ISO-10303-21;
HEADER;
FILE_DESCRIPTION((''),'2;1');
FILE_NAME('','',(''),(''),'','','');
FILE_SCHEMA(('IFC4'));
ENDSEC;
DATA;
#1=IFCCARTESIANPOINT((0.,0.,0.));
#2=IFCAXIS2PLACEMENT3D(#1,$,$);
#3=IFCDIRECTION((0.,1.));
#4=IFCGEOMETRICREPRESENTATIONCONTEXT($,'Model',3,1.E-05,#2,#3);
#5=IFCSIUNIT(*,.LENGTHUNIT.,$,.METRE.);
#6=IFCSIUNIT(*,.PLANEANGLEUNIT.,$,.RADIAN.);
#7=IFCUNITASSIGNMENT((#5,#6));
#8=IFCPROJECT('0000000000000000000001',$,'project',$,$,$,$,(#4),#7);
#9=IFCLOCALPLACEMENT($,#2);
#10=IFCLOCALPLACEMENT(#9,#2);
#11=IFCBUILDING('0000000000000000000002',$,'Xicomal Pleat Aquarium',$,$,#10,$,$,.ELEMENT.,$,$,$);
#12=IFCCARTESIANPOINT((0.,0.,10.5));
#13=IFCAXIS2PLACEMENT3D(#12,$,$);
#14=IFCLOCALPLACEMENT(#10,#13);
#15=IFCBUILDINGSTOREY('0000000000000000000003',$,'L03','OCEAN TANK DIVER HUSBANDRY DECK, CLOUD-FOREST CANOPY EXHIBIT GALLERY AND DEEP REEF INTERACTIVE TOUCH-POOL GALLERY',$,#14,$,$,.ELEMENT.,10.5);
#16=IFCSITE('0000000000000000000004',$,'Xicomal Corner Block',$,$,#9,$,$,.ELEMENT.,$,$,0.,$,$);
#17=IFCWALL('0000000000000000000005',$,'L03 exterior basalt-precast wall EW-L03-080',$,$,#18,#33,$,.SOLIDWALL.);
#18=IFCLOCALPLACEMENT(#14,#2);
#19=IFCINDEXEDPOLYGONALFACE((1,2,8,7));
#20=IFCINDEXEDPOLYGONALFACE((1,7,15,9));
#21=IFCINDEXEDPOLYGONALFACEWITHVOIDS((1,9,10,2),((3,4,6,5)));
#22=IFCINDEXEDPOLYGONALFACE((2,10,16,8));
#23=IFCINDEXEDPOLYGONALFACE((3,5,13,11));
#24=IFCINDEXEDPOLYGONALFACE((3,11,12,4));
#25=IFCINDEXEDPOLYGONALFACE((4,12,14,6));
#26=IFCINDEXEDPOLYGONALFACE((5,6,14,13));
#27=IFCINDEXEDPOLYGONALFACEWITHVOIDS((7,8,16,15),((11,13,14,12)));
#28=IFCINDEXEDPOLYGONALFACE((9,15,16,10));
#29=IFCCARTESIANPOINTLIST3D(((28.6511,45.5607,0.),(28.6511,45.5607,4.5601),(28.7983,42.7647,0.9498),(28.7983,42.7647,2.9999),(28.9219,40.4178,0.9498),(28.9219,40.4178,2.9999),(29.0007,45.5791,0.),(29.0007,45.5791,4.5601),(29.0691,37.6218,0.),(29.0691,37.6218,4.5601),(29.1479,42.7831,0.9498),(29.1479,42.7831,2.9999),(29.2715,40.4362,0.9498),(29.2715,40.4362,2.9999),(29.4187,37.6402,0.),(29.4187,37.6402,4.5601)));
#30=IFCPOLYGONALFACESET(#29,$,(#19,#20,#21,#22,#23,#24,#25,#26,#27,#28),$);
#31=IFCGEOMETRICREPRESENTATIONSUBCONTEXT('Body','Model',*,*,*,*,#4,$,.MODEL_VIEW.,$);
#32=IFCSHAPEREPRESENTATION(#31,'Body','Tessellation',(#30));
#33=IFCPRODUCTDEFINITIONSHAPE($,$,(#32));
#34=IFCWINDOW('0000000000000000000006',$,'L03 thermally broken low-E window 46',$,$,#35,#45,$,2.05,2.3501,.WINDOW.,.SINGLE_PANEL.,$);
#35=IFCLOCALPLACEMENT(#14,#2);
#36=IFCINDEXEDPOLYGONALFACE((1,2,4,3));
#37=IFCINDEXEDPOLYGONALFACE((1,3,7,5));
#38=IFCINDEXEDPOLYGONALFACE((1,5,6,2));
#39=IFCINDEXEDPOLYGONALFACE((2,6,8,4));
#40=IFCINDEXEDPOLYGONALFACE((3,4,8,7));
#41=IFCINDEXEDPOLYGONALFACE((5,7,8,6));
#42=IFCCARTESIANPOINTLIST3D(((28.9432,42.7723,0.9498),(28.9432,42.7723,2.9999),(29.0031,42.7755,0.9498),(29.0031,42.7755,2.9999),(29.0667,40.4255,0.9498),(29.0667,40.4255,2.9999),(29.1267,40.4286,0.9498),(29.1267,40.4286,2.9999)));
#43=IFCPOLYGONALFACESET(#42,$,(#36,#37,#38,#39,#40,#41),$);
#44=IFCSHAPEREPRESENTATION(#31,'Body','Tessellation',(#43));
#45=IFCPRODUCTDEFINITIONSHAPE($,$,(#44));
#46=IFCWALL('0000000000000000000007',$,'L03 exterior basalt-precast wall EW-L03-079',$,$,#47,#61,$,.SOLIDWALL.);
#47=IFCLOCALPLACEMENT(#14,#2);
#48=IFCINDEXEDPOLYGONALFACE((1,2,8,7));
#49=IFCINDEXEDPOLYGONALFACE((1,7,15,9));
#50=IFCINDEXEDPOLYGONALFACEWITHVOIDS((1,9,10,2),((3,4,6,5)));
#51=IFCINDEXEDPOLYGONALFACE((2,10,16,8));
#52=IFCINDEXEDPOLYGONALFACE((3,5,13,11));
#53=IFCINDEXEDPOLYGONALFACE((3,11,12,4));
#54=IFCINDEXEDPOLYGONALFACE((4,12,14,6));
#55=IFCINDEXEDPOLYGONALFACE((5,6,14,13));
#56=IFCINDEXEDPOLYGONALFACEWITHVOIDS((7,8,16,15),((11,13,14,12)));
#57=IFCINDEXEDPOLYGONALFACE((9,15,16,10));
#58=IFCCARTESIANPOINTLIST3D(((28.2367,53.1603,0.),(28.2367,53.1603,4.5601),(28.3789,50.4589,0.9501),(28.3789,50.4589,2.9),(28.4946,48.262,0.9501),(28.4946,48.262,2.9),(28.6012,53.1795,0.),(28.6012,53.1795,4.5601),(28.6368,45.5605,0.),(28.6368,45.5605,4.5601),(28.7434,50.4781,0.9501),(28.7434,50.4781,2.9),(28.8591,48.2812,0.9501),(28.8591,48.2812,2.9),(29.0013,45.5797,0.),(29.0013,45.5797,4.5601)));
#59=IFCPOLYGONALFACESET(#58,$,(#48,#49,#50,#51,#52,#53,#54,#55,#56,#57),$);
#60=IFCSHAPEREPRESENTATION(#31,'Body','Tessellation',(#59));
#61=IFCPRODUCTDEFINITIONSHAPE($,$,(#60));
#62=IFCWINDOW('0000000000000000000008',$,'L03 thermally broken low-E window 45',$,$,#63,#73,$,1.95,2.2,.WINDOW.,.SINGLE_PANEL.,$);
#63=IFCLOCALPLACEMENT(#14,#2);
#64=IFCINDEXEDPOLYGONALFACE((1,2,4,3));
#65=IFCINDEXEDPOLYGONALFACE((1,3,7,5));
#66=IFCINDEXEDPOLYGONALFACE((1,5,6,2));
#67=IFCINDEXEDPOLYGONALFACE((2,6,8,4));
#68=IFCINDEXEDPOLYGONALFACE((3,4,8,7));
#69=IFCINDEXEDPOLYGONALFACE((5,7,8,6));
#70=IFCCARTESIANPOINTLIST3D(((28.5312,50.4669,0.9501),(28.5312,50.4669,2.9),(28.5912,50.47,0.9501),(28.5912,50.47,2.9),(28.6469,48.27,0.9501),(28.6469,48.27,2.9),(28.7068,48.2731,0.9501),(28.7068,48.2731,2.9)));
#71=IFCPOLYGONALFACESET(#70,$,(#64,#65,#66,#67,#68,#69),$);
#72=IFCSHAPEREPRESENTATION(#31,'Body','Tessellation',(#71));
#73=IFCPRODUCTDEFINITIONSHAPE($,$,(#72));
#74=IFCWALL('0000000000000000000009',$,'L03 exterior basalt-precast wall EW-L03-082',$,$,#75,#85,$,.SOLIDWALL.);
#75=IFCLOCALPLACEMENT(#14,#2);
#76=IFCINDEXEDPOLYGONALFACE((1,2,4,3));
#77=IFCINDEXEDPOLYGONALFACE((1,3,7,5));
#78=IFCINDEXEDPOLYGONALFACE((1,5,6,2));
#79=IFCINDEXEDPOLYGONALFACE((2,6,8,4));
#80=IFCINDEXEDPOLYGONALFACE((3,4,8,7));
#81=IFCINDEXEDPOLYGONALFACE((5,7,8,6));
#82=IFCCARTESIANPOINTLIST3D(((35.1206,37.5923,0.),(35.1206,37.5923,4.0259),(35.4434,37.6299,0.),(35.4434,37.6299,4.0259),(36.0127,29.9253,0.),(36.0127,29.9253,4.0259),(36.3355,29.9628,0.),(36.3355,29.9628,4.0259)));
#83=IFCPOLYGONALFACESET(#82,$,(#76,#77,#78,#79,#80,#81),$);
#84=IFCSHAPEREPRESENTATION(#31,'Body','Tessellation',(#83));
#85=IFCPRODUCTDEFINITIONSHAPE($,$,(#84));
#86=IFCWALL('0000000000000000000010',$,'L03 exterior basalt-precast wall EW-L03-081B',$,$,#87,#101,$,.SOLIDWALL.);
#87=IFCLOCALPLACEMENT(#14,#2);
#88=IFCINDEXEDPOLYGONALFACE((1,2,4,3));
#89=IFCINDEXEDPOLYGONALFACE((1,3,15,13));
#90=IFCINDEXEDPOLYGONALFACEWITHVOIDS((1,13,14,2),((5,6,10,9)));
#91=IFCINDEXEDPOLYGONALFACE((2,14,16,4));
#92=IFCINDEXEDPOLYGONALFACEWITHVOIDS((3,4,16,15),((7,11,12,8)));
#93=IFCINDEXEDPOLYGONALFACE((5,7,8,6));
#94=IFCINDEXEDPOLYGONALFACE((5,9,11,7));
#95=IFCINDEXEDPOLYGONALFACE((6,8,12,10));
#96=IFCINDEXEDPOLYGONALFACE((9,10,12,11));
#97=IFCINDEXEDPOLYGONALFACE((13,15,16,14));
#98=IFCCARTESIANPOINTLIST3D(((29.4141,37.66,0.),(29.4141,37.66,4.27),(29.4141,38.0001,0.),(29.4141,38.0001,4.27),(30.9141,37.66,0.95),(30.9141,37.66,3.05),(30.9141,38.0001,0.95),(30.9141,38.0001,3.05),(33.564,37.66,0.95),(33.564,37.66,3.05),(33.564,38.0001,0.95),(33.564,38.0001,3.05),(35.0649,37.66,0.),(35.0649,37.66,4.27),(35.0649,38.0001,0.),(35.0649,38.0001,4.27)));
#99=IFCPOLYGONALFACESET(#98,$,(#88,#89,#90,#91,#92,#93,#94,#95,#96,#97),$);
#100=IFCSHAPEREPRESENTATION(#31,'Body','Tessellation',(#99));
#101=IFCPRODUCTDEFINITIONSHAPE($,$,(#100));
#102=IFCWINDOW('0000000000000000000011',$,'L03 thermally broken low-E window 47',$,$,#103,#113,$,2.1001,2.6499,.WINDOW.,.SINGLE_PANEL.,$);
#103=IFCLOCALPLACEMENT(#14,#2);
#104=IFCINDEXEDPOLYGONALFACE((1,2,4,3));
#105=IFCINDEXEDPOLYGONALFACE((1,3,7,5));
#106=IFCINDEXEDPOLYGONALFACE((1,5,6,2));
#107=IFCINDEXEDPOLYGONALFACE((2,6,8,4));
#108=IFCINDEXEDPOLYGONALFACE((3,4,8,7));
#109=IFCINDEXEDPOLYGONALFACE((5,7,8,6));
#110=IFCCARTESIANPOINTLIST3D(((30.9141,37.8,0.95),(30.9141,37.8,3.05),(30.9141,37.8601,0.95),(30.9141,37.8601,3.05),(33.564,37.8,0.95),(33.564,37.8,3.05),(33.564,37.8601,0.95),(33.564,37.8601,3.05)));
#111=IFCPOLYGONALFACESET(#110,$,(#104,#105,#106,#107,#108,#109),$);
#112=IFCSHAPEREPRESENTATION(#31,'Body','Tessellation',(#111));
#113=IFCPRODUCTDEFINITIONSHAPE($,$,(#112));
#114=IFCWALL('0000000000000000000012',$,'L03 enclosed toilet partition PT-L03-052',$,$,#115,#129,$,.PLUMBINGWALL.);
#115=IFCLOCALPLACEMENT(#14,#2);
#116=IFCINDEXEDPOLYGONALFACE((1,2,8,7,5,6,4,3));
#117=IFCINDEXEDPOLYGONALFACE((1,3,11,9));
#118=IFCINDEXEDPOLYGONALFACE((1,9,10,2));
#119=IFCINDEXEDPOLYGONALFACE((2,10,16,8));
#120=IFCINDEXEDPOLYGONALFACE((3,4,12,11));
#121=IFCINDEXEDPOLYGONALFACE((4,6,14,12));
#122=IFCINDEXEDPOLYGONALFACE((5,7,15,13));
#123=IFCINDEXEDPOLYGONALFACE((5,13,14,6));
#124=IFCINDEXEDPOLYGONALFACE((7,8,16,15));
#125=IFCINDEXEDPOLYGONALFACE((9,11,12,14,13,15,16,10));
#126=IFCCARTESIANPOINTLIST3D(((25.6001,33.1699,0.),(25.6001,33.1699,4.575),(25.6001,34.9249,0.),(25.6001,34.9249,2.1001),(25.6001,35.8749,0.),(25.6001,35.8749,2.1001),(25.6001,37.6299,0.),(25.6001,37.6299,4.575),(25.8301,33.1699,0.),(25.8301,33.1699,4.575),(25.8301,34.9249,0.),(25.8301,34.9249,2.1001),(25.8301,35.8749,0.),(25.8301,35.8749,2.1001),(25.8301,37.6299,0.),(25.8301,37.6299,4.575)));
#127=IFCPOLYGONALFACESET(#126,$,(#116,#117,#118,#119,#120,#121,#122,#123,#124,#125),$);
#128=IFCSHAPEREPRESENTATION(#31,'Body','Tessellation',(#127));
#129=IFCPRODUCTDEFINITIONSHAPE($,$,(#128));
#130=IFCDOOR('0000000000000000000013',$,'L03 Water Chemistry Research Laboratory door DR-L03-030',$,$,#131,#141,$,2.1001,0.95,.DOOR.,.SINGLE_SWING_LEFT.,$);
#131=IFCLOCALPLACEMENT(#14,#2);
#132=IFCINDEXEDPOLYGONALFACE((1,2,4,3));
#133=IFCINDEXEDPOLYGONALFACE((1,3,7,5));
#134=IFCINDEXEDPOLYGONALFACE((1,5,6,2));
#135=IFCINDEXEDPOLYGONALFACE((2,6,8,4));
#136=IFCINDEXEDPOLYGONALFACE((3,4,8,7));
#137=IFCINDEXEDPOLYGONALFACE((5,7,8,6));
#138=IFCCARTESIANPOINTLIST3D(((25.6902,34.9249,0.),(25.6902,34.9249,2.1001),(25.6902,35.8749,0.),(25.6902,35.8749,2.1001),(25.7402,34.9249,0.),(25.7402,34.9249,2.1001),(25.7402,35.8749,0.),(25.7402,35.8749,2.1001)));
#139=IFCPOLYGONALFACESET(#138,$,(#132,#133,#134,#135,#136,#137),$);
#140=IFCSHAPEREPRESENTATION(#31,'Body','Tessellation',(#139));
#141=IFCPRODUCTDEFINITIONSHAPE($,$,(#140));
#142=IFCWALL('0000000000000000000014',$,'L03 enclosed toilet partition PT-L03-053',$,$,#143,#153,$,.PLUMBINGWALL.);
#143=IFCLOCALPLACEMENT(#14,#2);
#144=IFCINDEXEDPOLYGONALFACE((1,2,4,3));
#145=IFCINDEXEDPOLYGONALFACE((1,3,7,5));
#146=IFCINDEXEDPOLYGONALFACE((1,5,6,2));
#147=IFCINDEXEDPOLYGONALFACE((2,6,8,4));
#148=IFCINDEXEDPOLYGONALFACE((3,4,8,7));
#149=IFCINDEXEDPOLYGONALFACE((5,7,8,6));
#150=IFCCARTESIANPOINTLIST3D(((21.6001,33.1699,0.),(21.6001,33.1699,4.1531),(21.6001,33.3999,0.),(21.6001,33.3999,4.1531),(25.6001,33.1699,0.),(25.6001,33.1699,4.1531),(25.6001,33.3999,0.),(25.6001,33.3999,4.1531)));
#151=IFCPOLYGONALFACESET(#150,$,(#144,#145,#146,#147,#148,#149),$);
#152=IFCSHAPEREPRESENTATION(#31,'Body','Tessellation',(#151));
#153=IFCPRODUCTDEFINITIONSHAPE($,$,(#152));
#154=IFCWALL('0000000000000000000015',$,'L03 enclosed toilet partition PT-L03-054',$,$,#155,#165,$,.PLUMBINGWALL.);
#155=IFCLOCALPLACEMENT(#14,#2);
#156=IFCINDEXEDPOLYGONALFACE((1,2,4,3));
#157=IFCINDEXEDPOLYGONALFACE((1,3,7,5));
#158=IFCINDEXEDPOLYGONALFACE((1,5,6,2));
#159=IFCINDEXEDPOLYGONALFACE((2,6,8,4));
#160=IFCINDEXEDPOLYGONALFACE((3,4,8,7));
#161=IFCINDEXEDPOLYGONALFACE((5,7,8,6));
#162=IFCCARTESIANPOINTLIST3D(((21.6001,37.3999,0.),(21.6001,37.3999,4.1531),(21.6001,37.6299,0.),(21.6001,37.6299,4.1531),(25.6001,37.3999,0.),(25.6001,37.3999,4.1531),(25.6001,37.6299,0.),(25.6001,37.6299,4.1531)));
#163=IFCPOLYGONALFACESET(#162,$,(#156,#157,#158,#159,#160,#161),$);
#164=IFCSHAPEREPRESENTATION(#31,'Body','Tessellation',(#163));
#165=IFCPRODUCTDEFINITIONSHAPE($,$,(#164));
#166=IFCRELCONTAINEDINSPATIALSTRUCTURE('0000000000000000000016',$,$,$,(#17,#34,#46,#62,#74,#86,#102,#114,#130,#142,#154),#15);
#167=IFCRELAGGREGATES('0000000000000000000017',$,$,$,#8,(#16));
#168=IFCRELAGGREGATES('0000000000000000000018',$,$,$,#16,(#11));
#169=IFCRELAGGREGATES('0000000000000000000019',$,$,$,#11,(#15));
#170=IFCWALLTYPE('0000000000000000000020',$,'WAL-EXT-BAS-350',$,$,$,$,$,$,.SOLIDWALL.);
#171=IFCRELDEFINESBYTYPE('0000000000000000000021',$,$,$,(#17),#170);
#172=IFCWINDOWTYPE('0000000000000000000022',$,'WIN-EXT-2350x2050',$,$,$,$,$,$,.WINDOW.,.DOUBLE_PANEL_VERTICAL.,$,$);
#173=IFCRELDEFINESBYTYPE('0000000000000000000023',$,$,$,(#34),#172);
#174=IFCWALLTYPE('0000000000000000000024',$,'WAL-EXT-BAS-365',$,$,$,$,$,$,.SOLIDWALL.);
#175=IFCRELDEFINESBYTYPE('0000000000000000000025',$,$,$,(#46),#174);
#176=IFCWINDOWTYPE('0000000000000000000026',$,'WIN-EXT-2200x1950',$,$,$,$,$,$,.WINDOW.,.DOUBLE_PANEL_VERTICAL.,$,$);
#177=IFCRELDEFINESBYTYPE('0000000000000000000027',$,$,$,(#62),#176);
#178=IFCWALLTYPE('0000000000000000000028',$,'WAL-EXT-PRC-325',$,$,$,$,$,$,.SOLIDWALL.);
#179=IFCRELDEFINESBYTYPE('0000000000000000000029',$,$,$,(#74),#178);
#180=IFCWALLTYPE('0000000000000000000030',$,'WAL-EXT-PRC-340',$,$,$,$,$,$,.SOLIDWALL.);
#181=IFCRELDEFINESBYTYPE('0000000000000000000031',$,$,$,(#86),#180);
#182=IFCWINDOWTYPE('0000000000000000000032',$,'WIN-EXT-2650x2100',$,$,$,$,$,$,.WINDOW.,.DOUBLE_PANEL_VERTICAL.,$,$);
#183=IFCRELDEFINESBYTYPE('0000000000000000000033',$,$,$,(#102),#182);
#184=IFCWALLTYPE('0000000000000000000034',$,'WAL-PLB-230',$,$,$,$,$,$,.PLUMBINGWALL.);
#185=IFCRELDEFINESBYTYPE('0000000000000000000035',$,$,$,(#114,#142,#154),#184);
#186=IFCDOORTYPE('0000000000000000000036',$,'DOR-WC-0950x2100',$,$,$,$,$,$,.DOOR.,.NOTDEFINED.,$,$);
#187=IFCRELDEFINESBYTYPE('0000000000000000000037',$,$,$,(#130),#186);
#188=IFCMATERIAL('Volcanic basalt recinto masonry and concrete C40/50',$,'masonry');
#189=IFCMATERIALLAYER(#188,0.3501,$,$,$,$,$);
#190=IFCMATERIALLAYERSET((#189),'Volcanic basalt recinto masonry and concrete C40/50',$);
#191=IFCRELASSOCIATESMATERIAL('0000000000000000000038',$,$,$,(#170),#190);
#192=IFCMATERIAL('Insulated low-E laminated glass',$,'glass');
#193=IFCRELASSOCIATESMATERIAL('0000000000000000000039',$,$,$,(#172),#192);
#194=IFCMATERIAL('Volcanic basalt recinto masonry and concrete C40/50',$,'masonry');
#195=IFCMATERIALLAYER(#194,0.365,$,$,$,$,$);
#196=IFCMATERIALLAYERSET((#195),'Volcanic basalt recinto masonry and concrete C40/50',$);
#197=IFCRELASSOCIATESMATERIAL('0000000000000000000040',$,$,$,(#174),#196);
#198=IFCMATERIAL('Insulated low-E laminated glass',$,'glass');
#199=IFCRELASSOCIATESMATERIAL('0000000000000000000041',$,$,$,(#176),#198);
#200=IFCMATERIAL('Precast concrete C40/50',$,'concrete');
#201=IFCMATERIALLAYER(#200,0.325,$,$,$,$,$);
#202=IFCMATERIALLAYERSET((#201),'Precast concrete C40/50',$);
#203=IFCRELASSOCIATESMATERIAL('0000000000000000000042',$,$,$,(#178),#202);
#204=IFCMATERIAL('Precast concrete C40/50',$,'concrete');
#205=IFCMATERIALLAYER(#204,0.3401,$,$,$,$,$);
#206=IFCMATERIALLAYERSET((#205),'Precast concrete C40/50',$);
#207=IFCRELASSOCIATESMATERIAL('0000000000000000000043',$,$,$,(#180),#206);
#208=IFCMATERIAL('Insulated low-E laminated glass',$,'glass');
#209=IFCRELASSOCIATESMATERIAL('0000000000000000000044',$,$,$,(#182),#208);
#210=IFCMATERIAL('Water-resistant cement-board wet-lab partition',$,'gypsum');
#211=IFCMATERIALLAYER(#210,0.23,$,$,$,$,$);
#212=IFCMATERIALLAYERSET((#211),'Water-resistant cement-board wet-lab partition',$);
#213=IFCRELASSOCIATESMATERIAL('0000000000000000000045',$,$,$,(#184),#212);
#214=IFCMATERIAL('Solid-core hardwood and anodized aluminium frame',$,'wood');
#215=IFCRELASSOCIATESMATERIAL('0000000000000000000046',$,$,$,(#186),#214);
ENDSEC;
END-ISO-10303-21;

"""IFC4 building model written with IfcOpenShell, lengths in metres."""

from ifc_helpers import new_model, si_unit, direction, frame, frame_2d, origin, place, context, subcontext, project, spatial, rectangle, extrude, material, layer, layer_set, type_object, element, fill, save


model = new_model("IFC4")

# Units and contexts
model_context = context("Model", 3, precision=1e-05, world=origin(), true_north=direction((0.0, 1.0)))
body_context = subcontext(model_context, "Body", "Model", "MODEL_VIEW")
ifc_project = project(units=[si_unit("LENGTHUNIT", "METRE"), si_unit("PLANEANGLEUNIT", "RADIAN")], contexts=[model_context])

# Site, building, storey
site_placement = place(None, origin())
site = spatial("IfcSite", under=ifc_project, at=site_placement, Name="Xicomal Corner Block", CompositionType="ELEMENT", RefElevation=0.0)
building_placement = place(site_placement, origin())
building = spatial("IfcBuilding", under=site, at=building_placement, Name="Xicomal Pleat Aquarium", CompositionType="ELEMENT")
storey_placement = place(building_placement, frame((0.0, 0.0, 10.5)))
storey = spatial("IfcBuildingStorey", under=building, at=storey_placement, Name="L03", Description="OCEAN TANK DIVER HUSBANDRY DECK, CLOUD-FOREST CANOPY EXHIBIT GALLERY AND DEEP REEF INTERACTIVE TOUCH-POOL GALLERY", CompositionType="ELEMENT", Elevation=10.5)

# Walls, openings, windows
ifc_material_1 = material(Name="Volcanic basalt recinto masonry and concrete C40/50", Category="masonry")
ifc_layer_1 = layer(ifc_material_1, 0.3501)
ifc_layer_set_1 = layer_set([ifc_layer_1], Name="Volcanic basalt recinto masonry and concrete C40/50")
wall_type_1 = type_object("IfcWallType", Name="WAL-EXT-BAS-350", PredefinedType="SOLIDWALL", material=ifc_layer_set_1)
wall_1_placement = place(storey_placement, frame((28.8259, 45.5701, 0.0), z_axis=(0.0, 0.0, 1.0), x_axis=(0.052575, -0.998617, 0.0)))
wall_1 = element("IfcWall", 1, at=wall_1_placement, inside=storey, type_object=wall_type_1, Name="L03 exterior basalt-precast wall EW-L03-080", PredefinedType="SOLIDWALL", context=body_context, shape_type="SweptSolid", body=[
    extrude(rectangle(XDim=7.95, YDim=0.3501, at=frame_2d((3.9751, 0.0))), origin(), (0.0, 0.0, 1.0), 4.5601),
])
opening_1_placement = place(wall_1_placement, frame((2.8, 0.0, 0.95)))
opening_1 = element("IfcOpeningElement", 2, at=opening_1_placement, cuts=wall_1, PredefinedType="OPENING", context=body_context, shape_type="SweptSolid", body=[
    extrude(rectangle(XDim=2.3501, YDim=2.05, at=frame_2d((1.175, 1.0249))), frame((0.0, 0.1851, 0.0), z_axis=(0.0, -1.0, 0.0), x_axis=(1.0, 0.0, 0.0)), (0.0, 0.0, 1.0), 0.3701),
])
ifc_material_2 = material(Name="Insulated low-E laminated glass", Category="glass")
window_type_1 = type_object("IfcWindowType", Name="WIN-EXT-2350x2050", PartitioningType="DOUBLE_PANEL_VERTICAL", PredefinedType="WINDOW", material=ifc_material_2)
window_1_placement = place(opening_1_placement, origin())
window_1 = element("IfcWindow", 3, at=window_1_placement, inside=storey, type_object=window_type_1, Name="L03 thermally broken low-E window 46", OverallHeight=2.05, OverallWidth=2.3501, PartitioningType="SINGLE_PANEL", PredefinedType="WINDOW", context=body_context, shape_type="SweptSolid", body=[
    extrude(rectangle(XDim=2.3501, YDim=2.05, at=frame_2d((1.175, 1.0249))), frame((0.0, 0.03, 0.0), z_axis=(0.0, -1.0, 0.0), x_axis=(1.0, 0.0, 0.0)), (0.0, 0.0, 1.0), 0.0601),
])
fill(opening_1, window_1)
ifc_material_3 = material(Name="Volcanic basalt recinto masonry and concrete C40/50", Category="masonry")
ifc_layer_2 = layer(ifc_material_3, 0.365)
ifc_layer_set_2 = layer_set([ifc_layer_2], Name="Volcanic basalt recinto masonry and concrete C40/50")
wall_type_2 = type_object("IfcWallType", Name="WAL-EXT-BAS-365", PredefinedType="SOLIDWALL", material=ifc_layer_set_2)
wall_2_placement = place(storey_placement, frame((28.4189, 53.1699, 0.0), z_axis=(0.0, 0.0, 1.0), x_axis=(0.052579, -0.998617, 0.0)))
wall_2 = element("IfcWall", 4, at=wall_2_placement, inside=storey, type_object=wall_type_2, Name="L03 exterior basalt-precast wall EW-L03-079", PredefinedType="SOLIDWALL", context=body_context, shape_type="SweptSolid", body=[
    extrude(rectangle(XDim=7.6104, YDim=0.365, at=frame_2d((3.8052, 0.0))), origin(), (0.0, 0.0, 1.0), 4.5601),
])
opening_2_placement = place(wall_2_placement, frame((2.7051, 0.0, 0.95)))
opening_2 = element("IfcOpeningElement", 5, at=opening_2_placement, cuts=wall_2, PredefinedType="OPENING", context=body_context, shape_type="SweptSolid", body=[
    extrude(rectangle(XDim=2.2, YDim=1.95, at=frame_2d((1.1001, 0.9751))), frame((0.0, 0.1924, 0.0), z_axis=(0.0, -1.0, 0.0), x_axis=(1.0, 0.0, 0.0)), (0.0, 0.0, 1.0), 0.385),
])
ifc_material_4 = material(Name="Insulated low-E laminated glass", Category="glass")
window_type_2 = type_object("IfcWindowType", Name="WIN-EXT-2200x1950", PartitioningType="DOUBLE_PANEL_VERTICAL", PredefinedType="WINDOW", material=ifc_material_4)
window_2_placement = place(opening_2_placement, origin())
window_2 = element("IfcWindow", 6, at=window_2_placement, inside=storey, type_object=window_type_2, Name="L03 thermally broken low-E window 45", OverallHeight=1.95, OverallWidth=2.2, PartitioningType="SINGLE_PANEL", PredefinedType="WINDOW", context=body_context, shape_type="SweptSolid", body=[
    extrude(rectangle(XDim=2.2, YDim=1.95, at=frame_2d((1.1001, 0.9751))), frame((0.0, 0.03, 0.0), z_axis=(0.0, -1.0, 0.0), x_axis=(1.0, 0.0, 0.0)), (0.0, 0.0, 1.0), 0.0601),
])
fill(opening_2, window_2)

# Wall
ifc_material_5 = material(Name="Precast concrete C40/50", Category="concrete")
ifc_layer_3 = layer(ifc_material_5, 0.325)
ifc_layer_set_3 = layer_set([ifc_layer_3], Name="Precast concrete C40/50")
wall_type_3 = type_object("IfcWallType", Name="WAL-EXT-PRC-325", PredefinedType="SOLIDWALL", material=ifc_layer_set_3)
wall_3_placement = place(storey_placement, frame((35.282, 37.6111, 0.0), z_axis=(0.0, 0.0, 1.0), x_axis=(0.115575, -0.993299, 0.0)))
element("IfcWall", 7, at=wall_3_placement, inside=storey, type_object=wall_type_3, Name="L03 exterior basalt-precast wall EW-L03-082", PredefinedType="SOLIDWALL", context=body_context, shape_type="SweptSolid", body=[
    extrude(rectangle(XDim=7.7188, YDim=0.325, at=frame_2d((3.8594, 0.0))), origin(), (0.0, 0.0, 1.0), 4.0259),
])

# Wall, opening, window
ifc_material_6 = material(Name="Precast concrete C40/50", Category="concrete")
ifc_layer_4 = layer(ifc_material_6, 0.3401)
ifc_layer_set_4 = layer_set([ifc_layer_4], Name="Precast concrete C40/50")
wall_type_4 = type_object("IfcWallType", Name="WAL-EXT-PRC-340", PredefinedType="SOLIDWALL", material=ifc_layer_set_4)
wall_4_placement = place(storey_placement, frame((29.4141, 37.8301, 0.0), z_axis=(0.0, 0.0, 1.0), x_axis=(1.0, 0.0, 0.0)))
wall_4 = element("IfcWall", 8, at=wall_4_placement, inside=storey, type_object=wall_type_4, Name="L03 exterior basalt-precast wall EW-L03-081B", PredefinedType="SOLIDWALL", context=body_context, shape_type="SweptSolid", body=[
    extrude(rectangle(XDim=5.6509, YDim=0.3401, at=frame_2d((2.8254, 0.0))), origin(), (0.0, 0.0, 1.0), 4.27),
])
opening_3_placement = place(wall_4_placement, frame((1.5, 0.0, 0.95)))
opening_3 = element("IfcOpeningElement", 9, at=opening_3_placement, cuts=wall_4, PredefinedType="OPENING", context=body_context, shape_type="SweptSolid", body=[
    extrude(rectangle(XDim=2.6499, YDim=2.1001, at=frame_2d((1.325, 1.05))), frame((0.0, 0.1799, 0.0), z_axis=(0.0, -1.0, 0.0), x_axis=(1.0, 0.0, 0.0)), (0.0, 0.0, 1.0), 0.3601),
])
ifc_material_7 = material(Name="Insulated low-E laminated glass", Category="glass")
window_type_3 = type_object("IfcWindowType", Name="WIN-EXT-2650x2100", PartitioningType="DOUBLE_PANEL_VERTICAL", PredefinedType="WINDOW", material=ifc_material_7)
window_3_placement = place(opening_3_placement, origin())
window_3 = element("IfcWindow", 10, at=window_3_placement, inside=storey, type_object=window_type_3, Name="L03 thermally broken low-E window 47", OverallHeight=2.1001, OverallWidth=2.6499, PartitioningType="SINGLE_PANEL", PredefinedType="WINDOW", context=body_context, shape_type="SweptSolid", body=[
    extrude(rectangle(XDim=2.6499, YDim=2.1001, at=frame_2d((1.325, 1.05))), frame((0.0, 0.03, 0.0), z_axis=(0.0, -1.0, 0.0), x_axis=(1.0, 0.0, 0.0)), (0.0, 0.0, 1.0), 0.0601),
])
fill(opening_3, window_3)

# Wall, opening, door
ifc_material_8 = material(Name="Water-resistant cement-board wet-lab partition", Category="gypsum")
ifc_layer_5 = layer(ifc_material_8, 0.23)
ifc_layer_set_5 = layer_set([ifc_layer_5], Name="Water-resistant cement-board wet-lab partition")
wall_type_5 = type_object("IfcWallType", Name="WAL-PLB-230", PredefinedType="PLUMBINGWALL", material=ifc_layer_set_5)
wall_5_placement = place(storey_placement, frame((25.7151, 33.1699, 0.0), z_axis=(0.0, 0.0, 1.0), x_axis=(0.0, 1.0, 0.0)))
wall_5 = element("IfcWall", 11, at=wall_5_placement, inside=storey, type_object=wall_type_5, Name="L03 enclosed toilet partition PT-L03-052", PredefinedType="PLUMBINGWALL", context=body_context, shape_type="SweptSolid", body=[
    extrude(rectangle(XDim=4.46, YDim=0.23, at=frame_2d((2.23, 0.0))), origin(), (0.0, 0.0, 1.0), 4.575),
])
opening_4_placement = place(wall_5_placement, frame((1.7549, 0.0, 0.0)))
opening_4 = element("IfcOpeningElement", 12, at=opening_4_placement, cuts=wall_5, PredefinedType="OPENING", context=body_context, shape_type="SweptSolid", body=[
    extrude(rectangle(XDim=0.95, YDim=2.1001, at=frame_2d((0.4751, 1.05))), frame((0.0, 0.125, 0.0), z_axis=(0.0, -1.0, 0.0), x_axis=(1.0, 0.0, 0.0)), (0.0, 0.0, 1.0), 0.25),
])
ifc_material_9 = material(Name="Solid-core hardwood and anodized aluminium frame", Category="wood")
door_type = type_object("IfcDoorType", Name="DOR-WC-0950x2100", OperationType="NOTDEFINED", PredefinedType="DOOR", material=ifc_material_9)
door_1_placement = place(opening_4_placement, origin())
door_1 = element("IfcDoor", 13, at=door_1_placement, inside=storey, type_object=door_type, Name="L03 Water Chemistry Research Laboratory door DR-L03-030", OperationType="SINGLE_SWING_LEFT", OverallHeight=2.1001, OverallWidth=0.95, PredefinedType="DOOR", context=body_context, shape_type="SweptSolid", body=[
    extrude(rectangle(XDim=0.95, YDim=2.1001, at=frame_2d((0.4751, 1.05))), frame((0.0, 0.0249, 0.0), z_axis=(0.0, -1.0, 0.0), x_axis=(1.0, 0.0, 0.0)), (0.0, 0.0, 1.0), 0.05),
])
fill(opening_4, door_1)

# Walls
for number, where, z_axis, x_axis, name in (
    (14, (21.6001, 33.2849, 0.0), (0.0, 0.0, 1.0), (1.0, 0.0, 0.0), "L03 enclosed toilet partition PT-L03-053"),
    (15, (21.6001, 37.5149, 0.0), (0.0, 0.0, 1.0), (1.0, 0.0, 0.0), "L03 enclosed toilet partition PT-L03-054"),
):
    element("IfcWall", number, at=place(storey_placement, frame(where, z_axis=z_axis, x_axis=x_axis)), inside=storey, type_object=wall_type_5, Name=name, PredefinedType="PLUMBINGWALL", context=body_context, shape_type="SweptSolid", body=[
        extrude(rectangle(XDim=4.0, YDim=0.23, at=frame_2d((2.0, 0.0))), origin(), (0.0, 0.0, 1.0), 4.1531),
    ])

save(model, "model.ifc")
